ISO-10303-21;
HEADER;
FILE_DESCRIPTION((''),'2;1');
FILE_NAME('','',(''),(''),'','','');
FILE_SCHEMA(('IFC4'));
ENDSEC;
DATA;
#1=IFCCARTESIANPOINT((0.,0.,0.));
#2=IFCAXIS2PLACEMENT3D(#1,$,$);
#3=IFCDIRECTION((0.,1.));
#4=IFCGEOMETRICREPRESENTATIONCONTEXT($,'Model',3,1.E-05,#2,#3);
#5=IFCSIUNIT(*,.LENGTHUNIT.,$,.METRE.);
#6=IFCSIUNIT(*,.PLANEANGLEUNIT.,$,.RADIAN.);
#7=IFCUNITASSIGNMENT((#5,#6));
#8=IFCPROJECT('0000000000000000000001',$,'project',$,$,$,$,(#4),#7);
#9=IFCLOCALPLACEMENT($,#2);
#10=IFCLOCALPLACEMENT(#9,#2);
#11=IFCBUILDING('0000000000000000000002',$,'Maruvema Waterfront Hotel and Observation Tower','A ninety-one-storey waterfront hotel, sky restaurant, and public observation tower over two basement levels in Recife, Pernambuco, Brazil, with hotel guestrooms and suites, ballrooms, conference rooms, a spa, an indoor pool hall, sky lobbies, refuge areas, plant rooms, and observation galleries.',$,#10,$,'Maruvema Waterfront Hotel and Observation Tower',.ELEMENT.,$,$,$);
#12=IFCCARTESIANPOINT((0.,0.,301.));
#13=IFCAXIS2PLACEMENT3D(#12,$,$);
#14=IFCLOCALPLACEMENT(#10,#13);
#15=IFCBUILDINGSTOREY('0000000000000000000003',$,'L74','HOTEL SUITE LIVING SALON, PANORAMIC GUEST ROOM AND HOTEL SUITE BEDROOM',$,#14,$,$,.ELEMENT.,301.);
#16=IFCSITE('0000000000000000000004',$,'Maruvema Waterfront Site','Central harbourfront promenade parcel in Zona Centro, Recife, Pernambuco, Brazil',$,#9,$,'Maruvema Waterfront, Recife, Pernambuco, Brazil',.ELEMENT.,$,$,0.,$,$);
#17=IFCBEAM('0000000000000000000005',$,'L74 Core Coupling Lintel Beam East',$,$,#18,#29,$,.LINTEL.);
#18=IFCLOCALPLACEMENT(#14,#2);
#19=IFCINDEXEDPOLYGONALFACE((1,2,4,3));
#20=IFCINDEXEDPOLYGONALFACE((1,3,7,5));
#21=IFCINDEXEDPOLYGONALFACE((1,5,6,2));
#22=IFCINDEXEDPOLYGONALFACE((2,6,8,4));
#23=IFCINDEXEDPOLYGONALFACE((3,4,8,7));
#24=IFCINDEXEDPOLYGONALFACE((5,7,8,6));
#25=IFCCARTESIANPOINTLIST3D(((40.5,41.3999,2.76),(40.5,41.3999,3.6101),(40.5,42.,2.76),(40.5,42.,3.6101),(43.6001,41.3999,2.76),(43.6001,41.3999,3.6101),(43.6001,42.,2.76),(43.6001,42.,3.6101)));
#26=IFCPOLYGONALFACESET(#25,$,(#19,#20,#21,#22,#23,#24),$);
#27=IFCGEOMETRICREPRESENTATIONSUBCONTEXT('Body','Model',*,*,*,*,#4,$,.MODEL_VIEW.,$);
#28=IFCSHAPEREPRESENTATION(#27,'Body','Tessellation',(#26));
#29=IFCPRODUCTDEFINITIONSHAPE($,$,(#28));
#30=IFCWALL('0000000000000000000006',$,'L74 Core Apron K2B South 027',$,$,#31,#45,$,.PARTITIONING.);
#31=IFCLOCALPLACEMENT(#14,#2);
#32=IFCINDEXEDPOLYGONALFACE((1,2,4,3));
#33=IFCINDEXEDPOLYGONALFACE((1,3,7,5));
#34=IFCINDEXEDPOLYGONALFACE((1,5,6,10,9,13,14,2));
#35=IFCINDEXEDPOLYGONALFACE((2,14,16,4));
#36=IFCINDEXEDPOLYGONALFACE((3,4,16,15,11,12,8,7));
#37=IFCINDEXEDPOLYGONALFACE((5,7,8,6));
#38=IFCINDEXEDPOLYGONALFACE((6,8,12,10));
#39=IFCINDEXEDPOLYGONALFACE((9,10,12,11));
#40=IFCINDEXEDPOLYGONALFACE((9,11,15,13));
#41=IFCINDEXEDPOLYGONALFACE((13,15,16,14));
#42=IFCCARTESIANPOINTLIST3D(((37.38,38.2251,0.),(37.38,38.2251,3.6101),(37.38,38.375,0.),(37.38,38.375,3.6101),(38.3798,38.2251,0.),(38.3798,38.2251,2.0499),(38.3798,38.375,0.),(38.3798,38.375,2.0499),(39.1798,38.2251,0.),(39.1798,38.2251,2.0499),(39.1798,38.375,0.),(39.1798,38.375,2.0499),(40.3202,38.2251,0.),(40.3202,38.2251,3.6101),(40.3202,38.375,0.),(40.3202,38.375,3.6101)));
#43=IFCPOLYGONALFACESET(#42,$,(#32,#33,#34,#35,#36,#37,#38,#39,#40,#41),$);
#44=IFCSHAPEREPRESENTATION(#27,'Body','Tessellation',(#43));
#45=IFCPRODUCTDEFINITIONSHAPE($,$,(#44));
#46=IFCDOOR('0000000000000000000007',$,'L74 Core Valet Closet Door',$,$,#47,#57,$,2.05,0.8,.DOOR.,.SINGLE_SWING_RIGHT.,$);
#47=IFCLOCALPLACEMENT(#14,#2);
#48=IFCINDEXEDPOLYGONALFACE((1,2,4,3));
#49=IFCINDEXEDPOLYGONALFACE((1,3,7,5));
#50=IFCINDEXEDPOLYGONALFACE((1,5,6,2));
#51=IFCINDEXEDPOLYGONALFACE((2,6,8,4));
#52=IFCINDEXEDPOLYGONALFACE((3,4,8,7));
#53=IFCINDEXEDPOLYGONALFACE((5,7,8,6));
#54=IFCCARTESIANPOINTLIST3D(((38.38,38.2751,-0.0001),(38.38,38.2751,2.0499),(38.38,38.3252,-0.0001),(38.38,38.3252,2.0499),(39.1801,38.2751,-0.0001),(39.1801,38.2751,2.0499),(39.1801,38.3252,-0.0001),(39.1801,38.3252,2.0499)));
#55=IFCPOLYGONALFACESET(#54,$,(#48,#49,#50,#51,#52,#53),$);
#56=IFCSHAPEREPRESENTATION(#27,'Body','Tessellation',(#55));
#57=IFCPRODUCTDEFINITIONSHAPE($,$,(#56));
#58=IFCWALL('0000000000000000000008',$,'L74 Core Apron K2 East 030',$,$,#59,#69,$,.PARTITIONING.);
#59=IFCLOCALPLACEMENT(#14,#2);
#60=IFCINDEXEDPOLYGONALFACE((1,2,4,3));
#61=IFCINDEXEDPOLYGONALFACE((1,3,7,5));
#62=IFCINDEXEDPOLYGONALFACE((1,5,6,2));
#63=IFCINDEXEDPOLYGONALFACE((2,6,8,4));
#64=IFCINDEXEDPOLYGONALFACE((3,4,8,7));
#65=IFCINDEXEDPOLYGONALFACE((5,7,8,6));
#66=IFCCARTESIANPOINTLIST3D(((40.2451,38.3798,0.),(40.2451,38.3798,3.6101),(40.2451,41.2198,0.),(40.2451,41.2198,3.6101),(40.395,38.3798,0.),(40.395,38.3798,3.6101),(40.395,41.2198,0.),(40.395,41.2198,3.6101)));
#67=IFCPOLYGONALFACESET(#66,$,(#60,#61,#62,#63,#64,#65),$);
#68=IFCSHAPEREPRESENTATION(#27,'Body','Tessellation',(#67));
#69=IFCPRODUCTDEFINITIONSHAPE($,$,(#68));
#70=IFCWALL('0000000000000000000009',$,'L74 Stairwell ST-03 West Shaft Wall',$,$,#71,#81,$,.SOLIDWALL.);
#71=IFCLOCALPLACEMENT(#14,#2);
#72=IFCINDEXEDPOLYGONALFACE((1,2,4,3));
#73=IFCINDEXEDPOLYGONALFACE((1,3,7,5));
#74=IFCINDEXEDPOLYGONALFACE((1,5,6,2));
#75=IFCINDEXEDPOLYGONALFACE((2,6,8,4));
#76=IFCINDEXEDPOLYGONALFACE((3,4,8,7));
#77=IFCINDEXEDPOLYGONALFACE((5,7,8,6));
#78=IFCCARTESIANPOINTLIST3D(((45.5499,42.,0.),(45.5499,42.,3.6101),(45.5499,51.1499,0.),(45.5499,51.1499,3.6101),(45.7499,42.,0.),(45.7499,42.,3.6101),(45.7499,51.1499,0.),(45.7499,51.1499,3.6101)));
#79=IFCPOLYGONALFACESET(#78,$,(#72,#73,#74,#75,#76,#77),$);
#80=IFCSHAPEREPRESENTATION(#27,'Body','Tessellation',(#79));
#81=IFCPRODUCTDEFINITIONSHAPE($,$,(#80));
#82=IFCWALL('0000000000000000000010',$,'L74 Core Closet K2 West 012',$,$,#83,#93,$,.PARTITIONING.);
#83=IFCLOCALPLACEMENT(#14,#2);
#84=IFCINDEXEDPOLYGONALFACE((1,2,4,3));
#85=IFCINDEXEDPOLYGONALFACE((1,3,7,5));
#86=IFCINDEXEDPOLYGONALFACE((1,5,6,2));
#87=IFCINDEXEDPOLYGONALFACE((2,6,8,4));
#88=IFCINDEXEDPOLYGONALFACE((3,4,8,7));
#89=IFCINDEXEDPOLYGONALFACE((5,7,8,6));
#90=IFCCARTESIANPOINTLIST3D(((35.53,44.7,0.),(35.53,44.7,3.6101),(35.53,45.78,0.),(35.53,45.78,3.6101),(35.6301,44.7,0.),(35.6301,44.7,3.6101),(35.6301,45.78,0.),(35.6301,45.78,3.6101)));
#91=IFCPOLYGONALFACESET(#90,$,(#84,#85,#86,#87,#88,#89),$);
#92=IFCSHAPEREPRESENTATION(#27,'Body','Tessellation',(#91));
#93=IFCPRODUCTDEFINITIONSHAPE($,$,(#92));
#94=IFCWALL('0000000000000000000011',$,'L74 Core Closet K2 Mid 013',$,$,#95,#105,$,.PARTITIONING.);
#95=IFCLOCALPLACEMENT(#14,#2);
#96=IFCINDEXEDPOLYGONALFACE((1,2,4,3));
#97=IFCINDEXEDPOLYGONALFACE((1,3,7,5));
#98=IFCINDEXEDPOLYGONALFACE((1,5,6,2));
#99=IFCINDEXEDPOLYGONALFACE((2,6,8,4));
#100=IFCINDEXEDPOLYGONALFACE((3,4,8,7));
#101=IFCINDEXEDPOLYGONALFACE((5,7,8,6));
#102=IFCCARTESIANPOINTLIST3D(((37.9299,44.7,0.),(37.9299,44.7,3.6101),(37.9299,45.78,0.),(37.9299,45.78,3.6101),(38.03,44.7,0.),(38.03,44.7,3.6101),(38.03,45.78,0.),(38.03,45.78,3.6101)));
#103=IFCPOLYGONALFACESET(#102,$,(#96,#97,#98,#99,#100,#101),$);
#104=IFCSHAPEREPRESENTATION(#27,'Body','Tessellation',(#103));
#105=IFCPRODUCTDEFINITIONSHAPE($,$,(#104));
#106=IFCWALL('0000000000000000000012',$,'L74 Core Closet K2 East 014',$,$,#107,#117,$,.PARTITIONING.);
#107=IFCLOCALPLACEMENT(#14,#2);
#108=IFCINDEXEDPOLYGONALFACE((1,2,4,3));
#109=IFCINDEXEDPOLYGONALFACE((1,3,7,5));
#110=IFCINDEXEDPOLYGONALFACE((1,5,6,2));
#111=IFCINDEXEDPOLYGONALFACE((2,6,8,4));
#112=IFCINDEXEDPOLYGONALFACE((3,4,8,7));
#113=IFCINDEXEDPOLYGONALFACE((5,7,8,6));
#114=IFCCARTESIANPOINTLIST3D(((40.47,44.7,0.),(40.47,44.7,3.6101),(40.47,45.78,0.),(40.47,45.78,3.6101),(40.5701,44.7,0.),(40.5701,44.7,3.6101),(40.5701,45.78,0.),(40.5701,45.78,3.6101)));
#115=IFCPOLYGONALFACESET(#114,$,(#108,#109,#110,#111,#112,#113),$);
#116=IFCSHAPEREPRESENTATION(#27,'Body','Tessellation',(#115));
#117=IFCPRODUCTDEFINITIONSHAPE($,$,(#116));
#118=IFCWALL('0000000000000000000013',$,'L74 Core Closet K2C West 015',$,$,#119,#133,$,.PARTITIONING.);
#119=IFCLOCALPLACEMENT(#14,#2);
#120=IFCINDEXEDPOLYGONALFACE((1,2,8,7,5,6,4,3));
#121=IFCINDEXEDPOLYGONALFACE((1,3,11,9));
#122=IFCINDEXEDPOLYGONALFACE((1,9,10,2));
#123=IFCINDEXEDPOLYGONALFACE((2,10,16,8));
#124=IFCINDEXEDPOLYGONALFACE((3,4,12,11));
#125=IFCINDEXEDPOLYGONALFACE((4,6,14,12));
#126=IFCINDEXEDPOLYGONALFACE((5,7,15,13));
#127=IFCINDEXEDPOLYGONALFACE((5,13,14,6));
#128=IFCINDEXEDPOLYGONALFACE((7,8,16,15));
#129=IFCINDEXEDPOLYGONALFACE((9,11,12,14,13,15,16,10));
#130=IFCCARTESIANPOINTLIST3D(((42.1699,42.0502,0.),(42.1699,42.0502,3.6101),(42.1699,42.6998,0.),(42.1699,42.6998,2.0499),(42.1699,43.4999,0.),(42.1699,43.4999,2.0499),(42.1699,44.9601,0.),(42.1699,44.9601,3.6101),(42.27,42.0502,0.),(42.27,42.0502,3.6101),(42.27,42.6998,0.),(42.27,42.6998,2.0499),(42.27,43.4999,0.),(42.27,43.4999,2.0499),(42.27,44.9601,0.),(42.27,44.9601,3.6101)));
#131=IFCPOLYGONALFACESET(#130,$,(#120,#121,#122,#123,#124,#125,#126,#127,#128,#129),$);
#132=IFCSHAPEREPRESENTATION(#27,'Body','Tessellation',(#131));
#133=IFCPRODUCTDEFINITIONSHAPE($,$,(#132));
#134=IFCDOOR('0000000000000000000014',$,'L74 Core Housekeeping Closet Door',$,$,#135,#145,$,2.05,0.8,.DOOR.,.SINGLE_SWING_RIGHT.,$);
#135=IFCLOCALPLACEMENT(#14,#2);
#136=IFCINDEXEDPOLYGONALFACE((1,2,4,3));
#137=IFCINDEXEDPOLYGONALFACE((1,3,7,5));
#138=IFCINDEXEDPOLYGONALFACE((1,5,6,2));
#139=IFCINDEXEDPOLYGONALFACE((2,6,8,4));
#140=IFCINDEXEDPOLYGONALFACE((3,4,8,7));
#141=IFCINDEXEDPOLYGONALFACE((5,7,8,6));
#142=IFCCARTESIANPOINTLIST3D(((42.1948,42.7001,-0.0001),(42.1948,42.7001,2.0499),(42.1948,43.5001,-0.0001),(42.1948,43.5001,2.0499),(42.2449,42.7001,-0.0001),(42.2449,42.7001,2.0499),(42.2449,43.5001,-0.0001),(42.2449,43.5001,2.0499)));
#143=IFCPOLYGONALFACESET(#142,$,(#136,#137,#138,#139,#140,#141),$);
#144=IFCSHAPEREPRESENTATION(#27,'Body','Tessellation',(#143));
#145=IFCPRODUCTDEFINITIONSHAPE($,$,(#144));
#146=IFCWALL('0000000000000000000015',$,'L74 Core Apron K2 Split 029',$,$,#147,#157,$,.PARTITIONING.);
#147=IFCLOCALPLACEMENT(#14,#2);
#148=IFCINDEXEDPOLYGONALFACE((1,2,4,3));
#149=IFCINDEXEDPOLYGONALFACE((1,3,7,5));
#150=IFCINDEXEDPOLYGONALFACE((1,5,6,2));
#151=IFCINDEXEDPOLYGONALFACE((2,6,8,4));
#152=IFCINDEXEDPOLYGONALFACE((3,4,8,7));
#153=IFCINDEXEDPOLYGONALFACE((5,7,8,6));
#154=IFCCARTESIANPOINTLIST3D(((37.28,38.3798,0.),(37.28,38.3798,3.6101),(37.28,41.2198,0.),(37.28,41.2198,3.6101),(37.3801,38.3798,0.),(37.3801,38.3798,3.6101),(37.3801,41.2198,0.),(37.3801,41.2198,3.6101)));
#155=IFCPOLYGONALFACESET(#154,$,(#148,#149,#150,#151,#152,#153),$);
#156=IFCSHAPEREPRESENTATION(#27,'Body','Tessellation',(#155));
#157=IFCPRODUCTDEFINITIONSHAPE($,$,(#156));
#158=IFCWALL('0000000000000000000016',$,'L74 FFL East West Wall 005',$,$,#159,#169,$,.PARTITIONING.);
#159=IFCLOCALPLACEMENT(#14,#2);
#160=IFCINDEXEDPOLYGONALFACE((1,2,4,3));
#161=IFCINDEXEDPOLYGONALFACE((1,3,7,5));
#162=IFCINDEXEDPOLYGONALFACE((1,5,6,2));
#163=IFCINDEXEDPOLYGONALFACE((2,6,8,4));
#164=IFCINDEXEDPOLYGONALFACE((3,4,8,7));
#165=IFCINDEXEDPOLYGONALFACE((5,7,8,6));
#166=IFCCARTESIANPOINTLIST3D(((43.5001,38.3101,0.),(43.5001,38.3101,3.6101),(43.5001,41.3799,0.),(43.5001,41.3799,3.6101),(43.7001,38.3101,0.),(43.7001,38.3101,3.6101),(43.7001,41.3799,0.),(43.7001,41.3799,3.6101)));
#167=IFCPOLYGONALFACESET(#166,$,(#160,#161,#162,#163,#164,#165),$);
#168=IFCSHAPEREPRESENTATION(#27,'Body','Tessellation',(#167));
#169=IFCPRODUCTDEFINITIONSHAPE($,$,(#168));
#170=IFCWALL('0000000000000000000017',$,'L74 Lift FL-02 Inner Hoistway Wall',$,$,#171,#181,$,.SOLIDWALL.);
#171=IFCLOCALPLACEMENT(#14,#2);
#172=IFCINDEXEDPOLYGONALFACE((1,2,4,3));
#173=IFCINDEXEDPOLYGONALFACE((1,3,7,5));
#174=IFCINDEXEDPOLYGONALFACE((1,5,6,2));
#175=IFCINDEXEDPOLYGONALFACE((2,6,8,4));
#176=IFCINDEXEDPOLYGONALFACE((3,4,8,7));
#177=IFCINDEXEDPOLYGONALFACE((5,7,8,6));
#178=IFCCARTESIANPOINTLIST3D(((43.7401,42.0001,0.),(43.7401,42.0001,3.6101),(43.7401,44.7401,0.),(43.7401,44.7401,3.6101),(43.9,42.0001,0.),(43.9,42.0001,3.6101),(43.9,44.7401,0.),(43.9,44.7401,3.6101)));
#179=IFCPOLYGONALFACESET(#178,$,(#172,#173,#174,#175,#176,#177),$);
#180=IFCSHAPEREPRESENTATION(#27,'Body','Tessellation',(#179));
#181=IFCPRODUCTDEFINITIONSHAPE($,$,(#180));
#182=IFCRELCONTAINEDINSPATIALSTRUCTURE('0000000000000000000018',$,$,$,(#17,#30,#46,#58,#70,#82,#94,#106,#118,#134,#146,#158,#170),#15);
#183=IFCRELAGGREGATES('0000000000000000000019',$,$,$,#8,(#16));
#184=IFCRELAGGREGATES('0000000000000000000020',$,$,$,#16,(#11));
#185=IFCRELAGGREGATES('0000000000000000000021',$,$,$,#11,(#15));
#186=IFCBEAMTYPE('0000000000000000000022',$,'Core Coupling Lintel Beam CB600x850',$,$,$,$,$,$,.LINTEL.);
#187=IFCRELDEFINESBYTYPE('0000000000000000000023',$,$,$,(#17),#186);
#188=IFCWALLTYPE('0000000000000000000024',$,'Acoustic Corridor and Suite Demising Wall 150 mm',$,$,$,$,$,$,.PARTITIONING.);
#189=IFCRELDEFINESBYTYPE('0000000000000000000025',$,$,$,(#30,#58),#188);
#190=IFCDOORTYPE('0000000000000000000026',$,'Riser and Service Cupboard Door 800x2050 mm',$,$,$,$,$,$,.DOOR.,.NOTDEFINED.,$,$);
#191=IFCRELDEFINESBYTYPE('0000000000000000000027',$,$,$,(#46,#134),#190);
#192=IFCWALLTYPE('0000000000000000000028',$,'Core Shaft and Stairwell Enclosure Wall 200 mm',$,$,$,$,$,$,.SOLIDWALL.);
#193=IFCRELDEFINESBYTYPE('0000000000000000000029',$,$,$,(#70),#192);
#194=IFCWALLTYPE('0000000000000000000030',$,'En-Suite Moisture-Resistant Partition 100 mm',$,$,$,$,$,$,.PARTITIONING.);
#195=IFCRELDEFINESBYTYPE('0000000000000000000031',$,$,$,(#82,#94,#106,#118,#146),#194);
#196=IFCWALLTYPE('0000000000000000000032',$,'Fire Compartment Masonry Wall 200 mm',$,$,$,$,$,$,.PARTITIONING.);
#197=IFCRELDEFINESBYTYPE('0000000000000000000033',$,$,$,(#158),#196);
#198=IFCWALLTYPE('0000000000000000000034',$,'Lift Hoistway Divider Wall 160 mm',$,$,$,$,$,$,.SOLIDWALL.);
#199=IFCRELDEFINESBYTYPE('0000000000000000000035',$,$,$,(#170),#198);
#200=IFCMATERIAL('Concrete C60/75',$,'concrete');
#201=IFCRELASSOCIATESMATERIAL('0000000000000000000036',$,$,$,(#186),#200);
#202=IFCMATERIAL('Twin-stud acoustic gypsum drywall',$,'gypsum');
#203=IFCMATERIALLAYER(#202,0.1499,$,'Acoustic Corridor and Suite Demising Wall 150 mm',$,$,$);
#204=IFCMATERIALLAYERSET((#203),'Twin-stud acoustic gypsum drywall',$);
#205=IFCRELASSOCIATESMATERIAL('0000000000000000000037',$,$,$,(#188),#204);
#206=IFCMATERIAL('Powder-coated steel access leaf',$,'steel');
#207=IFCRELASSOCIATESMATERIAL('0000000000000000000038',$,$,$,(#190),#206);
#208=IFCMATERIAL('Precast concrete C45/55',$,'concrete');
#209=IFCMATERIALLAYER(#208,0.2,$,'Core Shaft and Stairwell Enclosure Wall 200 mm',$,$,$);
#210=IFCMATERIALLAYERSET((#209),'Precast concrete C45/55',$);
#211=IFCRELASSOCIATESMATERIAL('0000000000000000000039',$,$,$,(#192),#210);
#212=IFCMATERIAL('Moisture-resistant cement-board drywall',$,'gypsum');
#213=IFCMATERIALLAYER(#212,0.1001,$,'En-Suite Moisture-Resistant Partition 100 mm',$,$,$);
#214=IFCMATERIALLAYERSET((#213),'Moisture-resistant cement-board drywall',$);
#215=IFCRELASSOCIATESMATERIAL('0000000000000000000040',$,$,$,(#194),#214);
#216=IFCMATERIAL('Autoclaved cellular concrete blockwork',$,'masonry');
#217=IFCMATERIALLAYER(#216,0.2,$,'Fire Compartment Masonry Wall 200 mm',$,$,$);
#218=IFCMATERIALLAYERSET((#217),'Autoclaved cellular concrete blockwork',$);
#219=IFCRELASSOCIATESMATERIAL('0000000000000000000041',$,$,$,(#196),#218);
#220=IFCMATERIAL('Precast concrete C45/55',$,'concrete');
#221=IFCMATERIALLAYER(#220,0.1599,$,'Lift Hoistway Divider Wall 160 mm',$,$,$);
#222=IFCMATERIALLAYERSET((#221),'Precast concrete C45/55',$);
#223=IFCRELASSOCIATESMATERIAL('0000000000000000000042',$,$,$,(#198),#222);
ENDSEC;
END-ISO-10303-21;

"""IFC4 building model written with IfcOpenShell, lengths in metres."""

from ifc_helpers import new_model, si_unit, direction, frame, frame_2d, origin, origin_2d, place, context, subcontext, project, spatial, rectangle, extrude, material, layer, layer_set, material_profile, profile_set, type_object, element, fill, save


model = new_model("IFC4")

# Units and contexts
model_context = context("Model", 3, precision=1e-05, world=origin(), true_north=direction((0.0, 1.0)))
body_context = subcontext(model_context, "Body", "Model", "MODEL_VIEW")
ifc_project = project(units=[si_unit("LENGTHUNIT", "METRE"), si_unit("PLANEANGLEUNIT", "RADIAN")], contexts=[model_context])

# Site, building, storey
site_placement = place(None, origin())
site = spatial("IfcSite", under=ifc_project, at=site_placement, Name="Maruvema Waterfront Site", Description="Central harbourfront promenade parcel in Zona Centro, Recife, Pernambuco, Brazil", LongName="Maruvema Waterfront, Recife, Pernambuco, Brazil", CompositionType="ELEMENT", RefElevation=0.0)
building_placement = place(site_placement, origin())
building = spatial("IfcBuilding", under=site, at=building_placement, Name="Maruvema Waterfront Hotel and Observation Tower", Description="A ninety-one-storey waterfront hotel, sky restaurant, and public observation tower over two basement levels in Recife, Pernambuco, Brazil, with hotel guestrooms and suites, ballrooms, conference rooms, a spa, an indoor pool hall, sky lobbies, refuge areas, plant rooms, and observation galleries.", LongName="Maruvema Waterfront Hotel and Observation Tower", CompositionType="ELEMENT")
storey_placement = place(building_placement, frame((0.0, 0.0, 301.0)))
storey = spatial("IfcBuildingStorey", under=building, at=storey_placement, Name="L74", Description="HOTEL SUITE LIVING SALON, PANORAMIC GUEST ROOM AND HOTEL SUITE BEDROOM", CompositionType="ELEMENT", Elevation=301.0)

# Beam
ifc_material_1 = material(Name="Concrete C60/75", Category="concrete")
ifc_material_profile = material_profile(ifc_material_1, rectangle(XDim=0.6001, YDim=0.8501, at=origin_2d()), Name="CB600x850")
ifc_profile_set = profile_set([ifc_material_profile], Name="Concrete C60/75")
beam_type = type_object("IfcBeamType", Name="Core Coupling Lintel Beam CB600x850", PredefinedType="LINTEL", material=ifc_profile_set)
beam_placement = place(storey_placement, frame((40.5, 41.7, 3.1851), z_axis=(1.0, 0.0, 0.0), x_axis=(0.0, 1.0, 0.0)))
element("IfcBeam", 1, at=beam_placement, inside=storey, type_object=beam_type, Name="L74 Core Coupling Lintel Beam East", PredefinedType="LINTEL", context=body_context, shape_type="SweptSolid", body=[
    extrude(rectangle(XDim=0.6001, YDim=0.8501, at=origin_2d()), origin(), (0.0, 0.0, 1.0), 3.1001),
])

# Wall, opening, door
ifc_material_2 = material(Name="Twin-stud acoustic gypsum drywall", Category="gypsum")
ifc_layer_1 = layer(ifc_material_2, 0.1499, Name="Acoustic Corridor and Suite Demising Wall 150 mm")
ifc_layer_set_1 = layer_set([ifc_layer_1], Name="Twin-stud acoustic gypsum drywall")
wall_type_1 = type_object("IfcWallType", Name="Acoustic Corridor and Suite Demising Wall 150 mm", PredefinedType="PARTITIONING", material=ifc_layer_set_1)
wall_1_placement = place(storey_placement, frame((37.3799, 38.3, 0.0), z_axis=(0.0, 0.0, 1.0), x_axis=(1.0, 0.0, 0.0)))
wall_1 = element("IfcWall", 2, at=wall_1_placement, inside=storey, type_object=wall_type_1, Name="L74 Core Apron K2B South 027", PredefinedType="PARTITIONING", context=body_context, shape_type="SweptSolid", body=[
    extrude(rectangle(XDim=2.9402, YDim=0.1499, at=frame_2d((1.4702, 0.0))), origin(), (0.0, 0.0, 1.0), 3.6101),
])
opening_1_placement = place(wall_1_placement, frame((1.0, 0.0, 0.0)))
opening_1 = element("IfcOpeningElement", 3, at=opening_1_placement, cuts=wall_1, PredefinedType="OPENING", context=body_context, shape_type="SweptSolid", body=[
    extrude(rectangle(XDim=0.8, YDim=2.05, at=frame_2d((0.3999, 1.0249))), frame((0.0, 0.085, 0.0), z_axis=(0.0, -1.0, 0.0), x_axis=(1.0, 0.0, 0.0)), (0.0, 0.0, 1.0), 0.1699),
])
ifc_material_3 = material(Name="Powder-coated steel access leaf", Category="steel")
door_type_1 = type_object("IfcDoorType", Name="Riser and Service Cupboard Door 800x2050 mm", OperationType="NOTDEFINED", PredefinedType="DOOR", material=ifc_material_3)
door_1_placement = place(opening_1_placement, frame((0.8, 0.0, 0.0), z_axis=(0.0, 0.0, 1.0), x_axis=(-1.0, 0.0, 0.0)))
door_1 = element("IfcDoor", 4, at=door_1_placement, inside=storey, type_object=door_type_1, Name="L74 Core Valet Closet Door", OperationType="SINGLE_SWING_RIGHT", OverallHeight=2.05, OverallWidth=0.8, PredefinedType="DOOR", context=body_context, shape_type="SweptSolid", body=[
    extrude(rectangle(XDim=0.8, YDim=2.05, at=frame_2d((0.3999, 1.0249))), frame((0.0, 0.0249, 0.0), z_axis=(0.0, -1.0, 0.0), x_axis=(1.0, 0.0, 0.0)), (0.0, 0.0, 1.0), 0.05),
])
fill(opening_1, door_1)

# Walls
wall_2_placement = place(storey_placement, frame((40.3201, 38.3799, 0.0), z_axis=(0.0, 0.0, 1.0), x_axis=(0.0, 1.0, 0.0)))
element("IfcWall", 5, at=wall_2_placement, inside=storey, type_object=wall_type_1, Name="L74 Core Apron K2 East 030", PredefinedType="PARTITIONING", context=body_context, shape_type="SweptSolid", body=[
    extrude(rectangle(XDim=2.8401, YDim=0.1499, at=frame_2d((1.4199, 0.0))), origin(), (0.0, 0.0, 1.0), 3.6101),
])
ifc_material_4 = material(Name="Precast concrete C45/55", Category="concrete")
ifc_layer_2 = layer(ifc_material_4, 0.2, Name="Core Shaft and Stairwell Enclosure Wall 200 mm")
ifc_layer_set_2 = layer_set([ifc_layer_2], Name="Precast concrete C45/55")
wall_type_2 = type_object("IfcWallType", Name="Core Shaft and Stairwell Enclosure Wall 200 mm", PredefinedType="SOLIDWALL", material=ifc_layer_set_2)
wall_3_placement = place(storey_placement, frame((45.6499, 42.0, 0.0), z_axis=(0.0, 0.0, 1.0), x_axis=(0.0, 1.0, 0.0)))
element("IfcWall", 6, at=wall_3_placement, inside=storey, type_object=wall_type_2, Name="L74 Stairwell ST-03 West Shaft Wall", PredefinedType="SOLIDWALL", context=body_context, shape_type="SweptSolid", body=[
    extrude(rectangle(XDim=9.1499, YDim=0.2, at=frame_2d((4.575, 0.0))), origin(), (0.0, 0.0, 1.0), 3.6101),
])

# Walls
ifc_material_5 = material(Name="Moisture-resistant cement-board drywall", Category="gypsum")
ifc_layer_3 = layer(ifc_material_5, 0.1001, Name="En-Suite Moisture-Resistant Partition 100 mm")
ifc_layer_set_3 = layer_set([ifc_layer_3], Name="Moisture-resistant cement-board drywall")
wall_type_3 = type_object("IfcWallType", Name="En-Suite Moisture-Resistant Partition 100 mm", PredefinedType="PARTITIONING", material=ifc_layer_set_3)
for number, where, z_axis, x_axis, name in (
    (7, (35.5801, 44.7, 0.0), (0.0, 0.0, 1.0), (0.0, 1.0, 0.0), "L74 Core Closet K2 West 012"),
    (8, (37.98, 44.7, 0.0), (0.0, 0.0, 1.0), (0.0, 1.0, 0.0), "L74 Core Closet K2 Mid 013"),
    (9, (40.52, 44.7, 0.0), (0.0, 0.0, 1.0), (0.0, 1.0, 0.0), "L74 Core Closet K2 East 014"),
):
    element("IfcWall", number, at=place(storey_placement, frame(where, z_axis=z_axis, x_axis=x_axis)), inside=storey, type_object=wall_type_3, Name=name, PredefinedType="PARTITIONING", context=body_context, shape_type="SweptSolid", body=[
        extrude(rectangle(XDim=1.0801, YDim=0.1001, at=frame_2d((0.54, 0.0))), origin(), (0.0, 0.0, 1.0), 3.6101),
    ])

# Wall, opening, door
wall_4_placement = place(storey_placement, frame((42.22, 42.05, 0.0), z_axis=(0.0, 0.0, 1.0), x_axis=(0.0, 1.0, 0.0)))
wall_4 = element("IfcWall", 10, at=wall_4_placement, inside=storey, type_object=wall_type_3, Name="L74 Core Closet K2C West 015", PredefinedType="PARTITIONING", context=body_context, shape_type="SweptSolid", body=[
    extrude(rectangle(XDim=2.9099, YDim=0.1001, at=frame_2d((1.4551, 0.0))), origin(), (0.0, 0.0, 1.0), 3.6101),
])
opening_2_placement = place(wall_4_placement, frame((0.6499, 0.0, 0.0)))
opening_2 = element("IfcOpeningElement", 11, at=opening_2_placement, cuts=wall_4, PredefinedType="OPENING", context=body_context, shape_type="SweptSolid", body=[
    extrude(rectangle(XDim=0.8, YDim=2.05, at=frame_2d((0.3999, 1.0249))), frame((0.0, 0.0601, 0.0), z_axis=(0.0, -1.0, 0.0), x_axis=(1.0, 0.0, 0.0)), (0.0, 0.0, 1.0), 0.1201),
])
door_2_placement = place(opening_2_placement, frame((0.8, 0.0, 0.0), z_axis=(0.0, 0.0, 1.0), x_axis=(-1.0, 0.0, 0.0)))
door_2 = element("IfcDoor", 12, at=door_2_placement, inside=storey, type_object=door_type_1, Name="L74 Core Housekeeping Closet Door", OperationType="SINGLE_SWING_RIGHT", OverallHeight=2.05, OverallWidth=0.8, PredefinedType="DOOR", context=body_context, shape_type="SweptSolid", body=[
    extrude(rectangle(XDim=0.8, YDim=2.05, at=frame_2d((0.3999, 1.0249))), frame((0.0, 0.0249, 0.0), z_axis=(0.0, -1.0, 0.0), x_axis=(1.0, 0.0, 0.0)), (0.0, 0.0, 1.0), 0.05),
])
fill(opening_2, door_2)

# Wall
wall_5_placement = place(storey_placement, frame((37.3301, 38.3799, 0.0), z_axis=(0.0, 0.0, 1.0), x_axis=(0.0, 1.0, 0.0)))
element("IfcWall", 13, at=wall_5_placement, inside=storey, type_object=wall_type_3, Name="L74 Core Apron K2 Split 029", PredefinedType="PARTITIONING", context=body_context, shape_type="SweptSolid", body=[
    extrude(rectangle(XDim=2.8401, YDim=0.1001, at=frame_2d((1.4199, 0.0))), origin(), (0.0, 0.0, 1.0), 3.6101),
])

# Shared definitions
ifc_material_6 = material(Name="Autoclaved cellular concrete blockwork", Category="masonry")
ifc_layer_4 = layer(ifc_material_6, 0.2, Name="Fire Compartment Masonry Wall 200 mm")
ifc_layer_set_4 = layer_set([ifc_layer_4], Name="Autoclaved cellular concrete blockwork")
wall_type_4 = type_object("IfcWallType", Name="Fire Compartment Masonry Wall 200 mm", PredefinedType="PARTITIONING", material=ifc_layer_set_4)

# Walls
wall_6_placement = place(storey_placement, frame((43.6001, 38.3101, 0.0), z_axis=(0.0, 0.0, 1.0), x_axis=(0.0, 1.0, 0.0)))
element("IfcWall", 14, at=wall_6_placement, inside=storey, type_object=wall_type_4, Name="L74 FFL East West Wall 005", PredefinedType="PARTITIONING", context=body_context, shape_type="SweptSolid", body=[
    extrude(rectangle(XDim=3.0698, YDim=0.2, at=frame_2d((1.5349, 0.0))), origin(), (0.0, 0.0, 1.0), 3.6101),
])
ifc_material_7 = material(Name="Precast concrete C45/55", Category="concrete")
ifc_layer_5 = layer(ifc_material_7, 0.1599, Name="Lift Hoistway Divider Wall 160 mm")
ifc_layer_set_5 = layer_set([ifc_layer_5], Name="Precast concrete C45/55")
wall_type_5 = type_object("IfcWallType", Name="Lift Hoistway Divider Wall 160 mm", PredefinedType="SOLIDWALL", material=ifc_layer_set_5)
wall_7_placement = place(storey_placement, frame((43.8201, 42.0, 0.0), z_axis=(0.0, 0.0, 1.0), x_axis=(0.0, 1.0, 0.0)))
element("IfcWall", 15, at=wall_7_placement, inside=storey, type_object=wall_type_5, Name="L74 Lift FL-02 Inner Hoistway Wall", PredefinedType="SOLIDWALL", context=body_context, shape_type="SweptSolid", body=[
    extrude(rectangle(XDim=2.74, YDim=0.1599, at=frame_2d((1.3701, 0.0))), origin(), (0.0, 0.0, 1.0), 3.6101),
])

save(model, "model.ifc")
